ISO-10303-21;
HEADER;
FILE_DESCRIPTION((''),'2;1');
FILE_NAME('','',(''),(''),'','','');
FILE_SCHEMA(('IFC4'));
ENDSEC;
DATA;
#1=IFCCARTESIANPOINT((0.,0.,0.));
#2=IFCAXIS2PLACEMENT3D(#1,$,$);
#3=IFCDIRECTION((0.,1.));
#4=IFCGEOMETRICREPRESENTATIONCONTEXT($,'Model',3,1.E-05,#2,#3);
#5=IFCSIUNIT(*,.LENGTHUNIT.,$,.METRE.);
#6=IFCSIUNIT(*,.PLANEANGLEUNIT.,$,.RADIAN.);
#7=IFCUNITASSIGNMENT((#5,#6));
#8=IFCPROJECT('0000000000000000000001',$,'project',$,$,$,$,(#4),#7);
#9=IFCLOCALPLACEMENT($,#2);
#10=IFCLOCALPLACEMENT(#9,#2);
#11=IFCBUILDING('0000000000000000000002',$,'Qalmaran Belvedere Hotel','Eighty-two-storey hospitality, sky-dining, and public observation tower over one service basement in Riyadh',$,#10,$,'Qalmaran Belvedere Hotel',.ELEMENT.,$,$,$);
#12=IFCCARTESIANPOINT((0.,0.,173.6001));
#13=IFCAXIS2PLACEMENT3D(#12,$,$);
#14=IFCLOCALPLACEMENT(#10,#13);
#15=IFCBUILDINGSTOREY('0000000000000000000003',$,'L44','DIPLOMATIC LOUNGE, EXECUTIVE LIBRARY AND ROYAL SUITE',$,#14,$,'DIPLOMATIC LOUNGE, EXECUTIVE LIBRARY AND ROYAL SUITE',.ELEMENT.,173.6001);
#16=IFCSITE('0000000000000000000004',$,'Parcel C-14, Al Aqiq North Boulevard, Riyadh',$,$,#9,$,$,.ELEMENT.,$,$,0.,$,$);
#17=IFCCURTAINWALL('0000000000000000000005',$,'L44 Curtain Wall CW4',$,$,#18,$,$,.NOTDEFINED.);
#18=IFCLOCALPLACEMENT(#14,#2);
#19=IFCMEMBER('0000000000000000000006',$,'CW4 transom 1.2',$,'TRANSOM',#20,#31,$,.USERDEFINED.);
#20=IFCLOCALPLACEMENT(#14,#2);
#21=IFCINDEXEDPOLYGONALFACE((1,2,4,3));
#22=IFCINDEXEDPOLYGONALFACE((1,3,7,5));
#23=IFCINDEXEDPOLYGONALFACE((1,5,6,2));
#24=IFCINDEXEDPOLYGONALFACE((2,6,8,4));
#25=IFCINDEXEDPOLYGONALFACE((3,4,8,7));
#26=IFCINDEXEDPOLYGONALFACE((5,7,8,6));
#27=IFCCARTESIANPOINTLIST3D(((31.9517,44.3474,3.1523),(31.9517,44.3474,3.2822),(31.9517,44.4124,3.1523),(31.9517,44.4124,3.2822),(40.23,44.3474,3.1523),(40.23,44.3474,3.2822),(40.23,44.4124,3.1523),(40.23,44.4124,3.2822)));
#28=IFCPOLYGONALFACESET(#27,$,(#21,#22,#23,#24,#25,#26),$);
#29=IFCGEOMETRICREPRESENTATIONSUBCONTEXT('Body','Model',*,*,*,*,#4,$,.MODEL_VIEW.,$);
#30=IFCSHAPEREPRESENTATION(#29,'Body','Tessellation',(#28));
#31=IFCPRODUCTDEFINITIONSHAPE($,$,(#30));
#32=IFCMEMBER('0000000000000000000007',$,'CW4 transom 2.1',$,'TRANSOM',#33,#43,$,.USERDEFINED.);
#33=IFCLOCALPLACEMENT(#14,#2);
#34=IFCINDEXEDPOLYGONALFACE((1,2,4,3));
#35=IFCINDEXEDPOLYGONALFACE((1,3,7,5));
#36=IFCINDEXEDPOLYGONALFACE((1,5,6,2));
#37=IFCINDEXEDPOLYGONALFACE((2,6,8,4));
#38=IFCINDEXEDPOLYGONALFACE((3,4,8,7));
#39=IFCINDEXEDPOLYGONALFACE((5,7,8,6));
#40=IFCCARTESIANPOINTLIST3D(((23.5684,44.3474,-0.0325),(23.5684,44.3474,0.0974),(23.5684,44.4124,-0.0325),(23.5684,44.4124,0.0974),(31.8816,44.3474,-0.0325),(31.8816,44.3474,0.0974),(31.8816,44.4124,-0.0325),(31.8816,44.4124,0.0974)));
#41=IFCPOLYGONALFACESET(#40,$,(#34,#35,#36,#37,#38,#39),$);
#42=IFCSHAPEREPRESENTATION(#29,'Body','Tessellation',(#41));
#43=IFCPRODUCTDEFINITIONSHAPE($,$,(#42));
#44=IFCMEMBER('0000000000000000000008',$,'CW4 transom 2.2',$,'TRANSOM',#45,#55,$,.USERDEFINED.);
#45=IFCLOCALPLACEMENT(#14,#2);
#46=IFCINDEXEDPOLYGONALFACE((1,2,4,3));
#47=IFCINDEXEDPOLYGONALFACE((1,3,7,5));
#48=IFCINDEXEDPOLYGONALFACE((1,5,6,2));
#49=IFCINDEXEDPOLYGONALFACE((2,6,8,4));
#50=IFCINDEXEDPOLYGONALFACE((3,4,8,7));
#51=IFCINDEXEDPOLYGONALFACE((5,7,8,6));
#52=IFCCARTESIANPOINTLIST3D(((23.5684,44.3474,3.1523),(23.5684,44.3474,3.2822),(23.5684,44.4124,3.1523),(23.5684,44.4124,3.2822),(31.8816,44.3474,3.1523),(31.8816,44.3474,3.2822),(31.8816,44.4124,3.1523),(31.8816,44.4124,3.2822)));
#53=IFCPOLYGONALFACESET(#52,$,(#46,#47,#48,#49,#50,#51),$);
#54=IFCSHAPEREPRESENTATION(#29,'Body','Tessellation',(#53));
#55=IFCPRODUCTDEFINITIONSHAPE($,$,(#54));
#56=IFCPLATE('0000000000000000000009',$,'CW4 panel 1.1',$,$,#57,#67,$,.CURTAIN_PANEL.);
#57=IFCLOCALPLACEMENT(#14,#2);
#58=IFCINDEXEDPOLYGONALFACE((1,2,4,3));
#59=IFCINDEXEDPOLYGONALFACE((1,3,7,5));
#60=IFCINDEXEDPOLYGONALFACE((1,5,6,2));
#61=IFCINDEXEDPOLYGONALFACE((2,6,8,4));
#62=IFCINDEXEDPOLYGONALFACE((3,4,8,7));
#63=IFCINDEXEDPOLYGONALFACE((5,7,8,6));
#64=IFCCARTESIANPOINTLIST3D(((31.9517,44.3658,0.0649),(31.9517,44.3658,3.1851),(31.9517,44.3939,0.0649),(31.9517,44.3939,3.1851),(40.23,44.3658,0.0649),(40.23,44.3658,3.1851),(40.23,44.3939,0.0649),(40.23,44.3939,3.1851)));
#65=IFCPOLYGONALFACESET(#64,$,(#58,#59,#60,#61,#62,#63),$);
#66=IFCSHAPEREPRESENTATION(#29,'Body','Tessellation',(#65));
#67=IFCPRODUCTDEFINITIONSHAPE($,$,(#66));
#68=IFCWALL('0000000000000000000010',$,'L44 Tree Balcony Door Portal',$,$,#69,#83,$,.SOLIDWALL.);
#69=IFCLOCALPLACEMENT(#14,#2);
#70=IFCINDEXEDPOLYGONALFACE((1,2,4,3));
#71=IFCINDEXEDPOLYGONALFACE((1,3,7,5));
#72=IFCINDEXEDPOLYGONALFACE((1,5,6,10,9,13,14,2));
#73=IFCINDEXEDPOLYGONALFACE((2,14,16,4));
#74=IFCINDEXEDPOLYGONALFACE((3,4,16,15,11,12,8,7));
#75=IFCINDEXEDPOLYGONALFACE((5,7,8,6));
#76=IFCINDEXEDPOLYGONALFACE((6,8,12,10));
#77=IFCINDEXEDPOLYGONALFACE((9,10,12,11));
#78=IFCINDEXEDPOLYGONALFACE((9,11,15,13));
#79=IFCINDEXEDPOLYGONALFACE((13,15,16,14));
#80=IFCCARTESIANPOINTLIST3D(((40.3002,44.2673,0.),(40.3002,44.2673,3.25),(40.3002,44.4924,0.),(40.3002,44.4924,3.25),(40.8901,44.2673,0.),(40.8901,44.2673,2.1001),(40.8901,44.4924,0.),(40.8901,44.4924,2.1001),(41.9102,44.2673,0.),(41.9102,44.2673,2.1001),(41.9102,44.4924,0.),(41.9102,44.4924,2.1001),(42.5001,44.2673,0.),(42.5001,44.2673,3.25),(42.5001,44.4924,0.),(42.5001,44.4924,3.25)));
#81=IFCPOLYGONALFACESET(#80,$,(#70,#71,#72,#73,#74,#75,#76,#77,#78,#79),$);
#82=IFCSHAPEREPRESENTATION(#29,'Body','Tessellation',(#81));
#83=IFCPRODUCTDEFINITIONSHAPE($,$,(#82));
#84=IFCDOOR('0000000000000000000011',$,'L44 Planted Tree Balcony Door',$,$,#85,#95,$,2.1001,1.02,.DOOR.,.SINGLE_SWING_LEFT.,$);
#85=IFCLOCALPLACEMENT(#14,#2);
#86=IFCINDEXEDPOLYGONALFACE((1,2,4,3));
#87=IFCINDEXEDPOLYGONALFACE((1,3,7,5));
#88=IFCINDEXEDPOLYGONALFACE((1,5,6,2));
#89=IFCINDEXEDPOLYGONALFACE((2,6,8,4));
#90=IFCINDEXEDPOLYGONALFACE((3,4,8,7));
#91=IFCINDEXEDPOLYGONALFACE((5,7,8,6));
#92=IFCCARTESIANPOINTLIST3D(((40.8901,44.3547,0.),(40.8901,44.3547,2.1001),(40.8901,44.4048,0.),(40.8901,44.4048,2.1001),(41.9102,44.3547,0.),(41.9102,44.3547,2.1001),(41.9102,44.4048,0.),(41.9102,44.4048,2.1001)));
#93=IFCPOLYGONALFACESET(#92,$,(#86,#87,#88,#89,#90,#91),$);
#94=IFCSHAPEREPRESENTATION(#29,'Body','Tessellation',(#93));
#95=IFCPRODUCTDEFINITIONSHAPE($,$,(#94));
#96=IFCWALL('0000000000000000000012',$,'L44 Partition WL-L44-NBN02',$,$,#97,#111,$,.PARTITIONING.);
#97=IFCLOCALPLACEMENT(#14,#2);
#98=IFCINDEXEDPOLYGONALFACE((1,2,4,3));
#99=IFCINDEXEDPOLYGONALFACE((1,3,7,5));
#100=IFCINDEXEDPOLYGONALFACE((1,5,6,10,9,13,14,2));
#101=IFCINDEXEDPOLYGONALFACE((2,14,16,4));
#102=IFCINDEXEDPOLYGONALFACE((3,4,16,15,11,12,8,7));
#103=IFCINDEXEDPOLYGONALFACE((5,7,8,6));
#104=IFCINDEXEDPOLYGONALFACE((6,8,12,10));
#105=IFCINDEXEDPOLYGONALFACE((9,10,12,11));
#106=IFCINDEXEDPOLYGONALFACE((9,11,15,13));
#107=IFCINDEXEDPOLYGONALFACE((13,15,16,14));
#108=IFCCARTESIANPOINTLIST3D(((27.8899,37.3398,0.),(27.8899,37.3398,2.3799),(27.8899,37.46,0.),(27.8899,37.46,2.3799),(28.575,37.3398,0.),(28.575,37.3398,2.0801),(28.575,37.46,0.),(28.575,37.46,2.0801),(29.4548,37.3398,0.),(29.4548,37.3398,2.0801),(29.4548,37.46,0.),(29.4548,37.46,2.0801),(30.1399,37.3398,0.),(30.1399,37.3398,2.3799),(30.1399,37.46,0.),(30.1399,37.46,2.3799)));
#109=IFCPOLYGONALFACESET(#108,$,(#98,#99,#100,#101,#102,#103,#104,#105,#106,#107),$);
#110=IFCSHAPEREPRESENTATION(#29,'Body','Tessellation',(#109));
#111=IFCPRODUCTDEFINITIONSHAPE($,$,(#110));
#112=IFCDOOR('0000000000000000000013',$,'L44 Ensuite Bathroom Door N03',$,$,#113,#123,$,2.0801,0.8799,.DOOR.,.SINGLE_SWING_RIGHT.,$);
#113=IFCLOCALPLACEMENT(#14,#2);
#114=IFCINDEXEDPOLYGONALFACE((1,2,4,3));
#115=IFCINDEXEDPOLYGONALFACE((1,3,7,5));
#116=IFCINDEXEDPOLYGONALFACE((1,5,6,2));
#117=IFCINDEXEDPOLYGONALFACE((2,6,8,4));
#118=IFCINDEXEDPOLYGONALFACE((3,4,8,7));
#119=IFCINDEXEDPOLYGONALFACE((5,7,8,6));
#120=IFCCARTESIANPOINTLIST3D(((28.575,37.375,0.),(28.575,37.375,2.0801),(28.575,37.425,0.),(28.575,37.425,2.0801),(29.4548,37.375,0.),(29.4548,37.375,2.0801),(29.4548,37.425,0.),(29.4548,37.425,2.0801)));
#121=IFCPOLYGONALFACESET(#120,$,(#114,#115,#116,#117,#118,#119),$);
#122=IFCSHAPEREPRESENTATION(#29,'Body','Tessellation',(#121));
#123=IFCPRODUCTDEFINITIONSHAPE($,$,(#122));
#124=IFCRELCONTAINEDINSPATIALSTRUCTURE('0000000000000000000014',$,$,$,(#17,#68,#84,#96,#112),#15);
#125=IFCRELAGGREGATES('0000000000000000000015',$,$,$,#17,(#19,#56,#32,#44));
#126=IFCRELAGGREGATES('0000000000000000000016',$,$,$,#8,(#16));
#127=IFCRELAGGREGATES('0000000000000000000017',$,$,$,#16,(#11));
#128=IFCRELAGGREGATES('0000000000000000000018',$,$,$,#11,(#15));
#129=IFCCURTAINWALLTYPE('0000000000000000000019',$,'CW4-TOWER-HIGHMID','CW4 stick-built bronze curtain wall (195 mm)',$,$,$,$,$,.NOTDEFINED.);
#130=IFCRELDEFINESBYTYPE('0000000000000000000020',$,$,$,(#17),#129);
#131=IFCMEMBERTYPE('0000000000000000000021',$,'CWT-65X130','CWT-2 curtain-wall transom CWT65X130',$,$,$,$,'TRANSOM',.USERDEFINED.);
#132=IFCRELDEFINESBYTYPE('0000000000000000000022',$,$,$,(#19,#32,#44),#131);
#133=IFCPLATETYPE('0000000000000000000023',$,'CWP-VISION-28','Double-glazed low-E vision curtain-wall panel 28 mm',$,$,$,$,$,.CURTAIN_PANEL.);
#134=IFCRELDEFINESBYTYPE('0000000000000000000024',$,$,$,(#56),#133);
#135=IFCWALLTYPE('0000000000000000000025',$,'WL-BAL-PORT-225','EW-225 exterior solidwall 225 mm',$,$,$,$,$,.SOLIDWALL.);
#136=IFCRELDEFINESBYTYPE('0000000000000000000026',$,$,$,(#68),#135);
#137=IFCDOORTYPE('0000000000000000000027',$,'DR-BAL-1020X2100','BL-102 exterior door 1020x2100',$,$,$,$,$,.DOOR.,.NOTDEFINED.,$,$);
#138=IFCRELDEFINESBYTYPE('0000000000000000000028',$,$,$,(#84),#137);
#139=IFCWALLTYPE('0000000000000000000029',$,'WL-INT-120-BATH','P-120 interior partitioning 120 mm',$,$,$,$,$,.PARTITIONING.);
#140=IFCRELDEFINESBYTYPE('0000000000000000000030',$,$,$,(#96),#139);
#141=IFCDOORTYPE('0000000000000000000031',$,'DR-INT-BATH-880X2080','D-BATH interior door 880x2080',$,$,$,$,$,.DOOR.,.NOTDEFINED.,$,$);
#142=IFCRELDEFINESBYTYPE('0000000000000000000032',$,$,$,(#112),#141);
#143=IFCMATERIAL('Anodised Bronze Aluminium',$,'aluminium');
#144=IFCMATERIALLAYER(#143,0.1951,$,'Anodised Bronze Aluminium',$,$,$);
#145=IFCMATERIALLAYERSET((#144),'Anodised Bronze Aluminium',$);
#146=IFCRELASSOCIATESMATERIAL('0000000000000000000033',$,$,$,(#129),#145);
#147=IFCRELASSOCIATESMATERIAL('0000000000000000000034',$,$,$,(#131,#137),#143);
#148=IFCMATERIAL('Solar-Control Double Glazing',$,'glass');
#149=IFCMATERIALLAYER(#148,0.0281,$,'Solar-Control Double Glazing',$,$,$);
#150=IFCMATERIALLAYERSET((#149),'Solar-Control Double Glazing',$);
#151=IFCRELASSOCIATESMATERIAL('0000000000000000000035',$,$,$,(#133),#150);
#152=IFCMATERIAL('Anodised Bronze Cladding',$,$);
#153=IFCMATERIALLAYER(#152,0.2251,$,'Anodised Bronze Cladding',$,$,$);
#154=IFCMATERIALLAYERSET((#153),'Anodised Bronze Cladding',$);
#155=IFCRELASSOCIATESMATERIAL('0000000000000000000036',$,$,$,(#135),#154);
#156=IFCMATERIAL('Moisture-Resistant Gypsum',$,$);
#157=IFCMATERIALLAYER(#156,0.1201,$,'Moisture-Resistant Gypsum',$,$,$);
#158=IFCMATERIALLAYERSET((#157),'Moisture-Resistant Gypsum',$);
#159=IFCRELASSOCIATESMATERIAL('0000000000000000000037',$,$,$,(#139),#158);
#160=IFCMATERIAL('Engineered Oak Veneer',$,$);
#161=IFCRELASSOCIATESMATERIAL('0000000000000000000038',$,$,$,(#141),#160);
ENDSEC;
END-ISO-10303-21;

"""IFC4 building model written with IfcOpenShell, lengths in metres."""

from ifc_helpers import new_model, si_unit, direction, frame, frame_2d, origin, origin_2d, place, context, subcontext, project, spatial, rectangle, extrude, material, layer, layer_set, material_profile, profile_set, type_object, element, fill, aggregate, save


model = new_model("IFC4")

# Units and contexts
model_context = context("Model", 3, precision=1e-05, world=origin(), true_north=direction((0.0, 1.0)))
body_context = subcontext(model_context, "Body", "Model", "MODEL_VIEW")
ifc_project = project(units=[si_unit("LENGTHUNIT", "METRE"), si_unit("PLANEANGLEUNIT", "RADIAN")], contexts=[model_context])

# Site, building, storey
site_placement = place(None, origin())
site = spatial("IfcSite", under=ifc_project, at=site_placement, Name="Parcel C-14, Al Aqiq North Boulevard, Riyadh", CompositionType="ELEMENT", RefElevation=0.0)
building_placement = place(site_placement, origin())
building = spatial("IfcBuilding", under=site, at=building_placement, Name="Qalmaran Belvedere Hotel", Description="Eighty-two-storey hospitality, sky-dining, and public observation tower over one service basement in Riyadh", LongName="Qalmaran Belvedere Hotel", CompositionType="ELEMENT")
storey_placement = place(building_placement, frame((0.0, 0.0, 173.6001)))
storey = spatial("IfcBuildingStorey", under=building, at=storey_placement, Name="L44", Description="DIPLOMATIC LOUNGE, EXECUTIVE LIBRARY AND ROYAL SUITE", LongName="DIPLOMATIC LOUNGE, EXECUTIVE LIBRARY AND ROYAL SUITE", CompositionType="ELEMENT", Elevation=173.6001)

# Curtain wall, members, plate
ifc_material_1 = material(Name="Anodised Bronze Aluminium", Category="aluminium")
ifc_layer_1 = layer(ifc_material_1, 0.1951, Name="Anodised Bronze Aluminium")
ifc_layer_set_1 = layer_set([ifc_layer_1], Name="Anodised Bronze Aluminium")
curtain_wall_type = type_object("IfcCurtainWallType", Name="CW4-TOWER-HIGHMID", Description="CW4 stick-built bronze curtain wall (195 mm)", PredefinedType="NOTDEFINED", material=ifc_layer_set_1)
curtain_wall_placement = place(storey_placement, origin())
curtain_wall = element("IfcCurtainWall", 1, at=curtain_wall_placement, inside=storey, type_object=curtain_wall_type, Name="L44 Curtain Wall CW4", PredefinedType="NOTDEFINED")
ifc_material_profile_1 = material_profile(ifc_material_1, rectangle(XDim=0.0649, YDim=0.1299, at=origin_2d()), Name="CWT65X130")
ifc_profile_set_1 = profile_set([ifc_material_profile_1], Name="Anodised Bronze Aluminium")
member_type_1 = type_object("IfcMemberType", Name="CWT-65X130", Description="CWT-2 curtain-wall transom CWT65X130", ElementType="TRANSOM", PredefinedType="USERDEFINED", material=ifc_profile_set_1)
member_1_placement = place(storey_placement, frame((40.23, 44.3799, 3.2173), z_axis=(-1.0, 0.0, 0.0), x_axis=(0.0, -1.0, 0.0)))
member_1 = element("IfcMember", 2, at=member_1_placement, type_object=member_type_1, Name="CW4 transom 1.2", ObjectType="TRANSOM", PredefinedType="USERDEFINED", context=body_context, shape_type="SweptSolid", body=[
    extrude(rectangle(XDim=0.0649, YDim=0.1299, at=origin_2d()), origin(), (0.0, 0.0, 1.0), 8.2783),
])
member_2_placement = place(storey_placement, frame((31.8816, 44.3799, 0.0325), z_axis=(-1.0, 0.0, 0.0), x_axis=(0.0, -1.0, 0.0)))
member_2 = element("IfcMember", 3, at=member_2_placement, type_object=member_type_1, Name="CW4 transom 2.1", ObjectType="TRANSOM", PredefinedType="USERDEFINED", context=body_context, shape_type="SweptSolid", body=[
    extrude(rectangle(XDim=0.0649, YDim=0.1299, at=origin_2d()), origin(), (0.0, 0.0, 1.0), 8.3132),
])
member_3_placement = place(storey_placement, frame((31.8816, 44.3799, 3.2173), z_axis=(-1.0, 0.0, 0.0), x_axis=(0.0, -1.0, 0.0)))
member_3 = element("IfcMember", 4, at=member_3_placement, type_object=member_type_1, Name="CW4 transom 2.2", ObjectType="TRANSOM", PredefinedType="USERDEFINED", context=body_context, shape_type="SweptSolid", body=[
    extrude(rectangle(XDim=0.0649, YDim=0.1299, at=origin_2d()), origin(), (0.0, 0.0, 1.0), 8.3132),
])
ifc_material_2 = material(Name="Solar-Control Double Glazing", Category="glass")
ifc_layer_2 = layer(ifc_material_2, 0.0281, Name="Solar-Control Double Glazing")
ifc_layer_set_2 = layer_set([ifc_layer_2], Name="Solar-Control Double Glazing")
plate_type = type_object("IfcPlateType", Name="CWP-VISION-28", Description="Double-glazed low-E vision curtain-wall panel 28 mm", PredefinedType="CURTAIN_PANEL", material=ifc_layer_set_2)
plate_placement = place(storey_placement, frame((36.0908, 44.3799, 0.0649), z_axis=(0.0, 0.0, 1.0), x_axis=(-1.0, 0.0, 0.0)))
plate = element("IfcPlate", 5, at=plate_placement, type_object=plate_type, Name="CW4 panel 1.1", PredefinedType="CURTAIN_PANEL", context=body_context, shape_type="SweptSolid", body=[
    extrude(rectangle(XDim=8.2783, YDim=0.0281, at=origin_2d()), origin(), (0.0, 0.0, 1.0), 3.1201),
])
aggregate(curtain_wall, [member_1, plate, member_2, member_3])

# Walls, openings, doors
ifc_material_3 = material(Name="Anodised Bronze Cladding")
ifc_layer_3 = layer(ifc_material_3, 0.2251, Name="Anodised Bronze Cladding")
ifc_layer_set_3 = layer_set([ifc_layer_3], Name="Anodised Bronze Cladding")
wall_type_1 = type_object("IfcWallType", Name="WL-BAL-PORT-225", Description="EW-225 exterior solidwall 225 mm", PredefinedType="SOLIDWALL", material=ifc_layer_set_3)
wall_1_placement = place(storey_placement, frame((40.3, 44.3799, 0.0), z_axis=(0.0, 0.0, 1.0), x_axis=(1.0, 0.0, 0.0)))
wall_1 = element("IfcWall", 6, at=wall_1_placement, inside=storey, type_object=wall_type_1, Name="L44 Tree Balcony Door Portal", PredefinedType="SOLIDWALL", context=body_context, shape_type="SweptSolid", body=[
    extrude(rectangle(XDim=2.2, YDim=0.2251, at=frame_2d((1.1001, 0.0))), origin(), (0.0, 0.0, 1.0), 3.25),
])
opening_1_placement = place(wall_1_placement, frame((0.5901, 0.0, 0.0)))
opening_1 = element("IfcOpeningElement", 7, at=opening_1_placement, cuts=wall_1, PredefinedType="OPENING", context=body_context, shape_type="SweptSolid", body=[
    extrude(rectangle(XDim=1.02, YDim=2.1001, at=frame_2d((0.51, 1.05))), frame((0.0, 0.1226, 0.0), z_axis=(0.0, -1.0, 0.0), x_axis=(1.0, 0.0, 0.0)), (0.0, 0.0, 1.0), 0.2451),
])
door_type_1 = type_object("IfcDoorType", Name="DR-BAL-1020X2100", Description="BL-102 exterior door 1020x2100", OperationType="NOTDEFINED", PredefinedType="DOOR", material=ifc_material_1)
door_1_placement = place(opening_1_placement, origin())
door_1 = element("IfcDoor", 8, at=door_1_placement, inside=storey, type_object=door_type_1, Name="L44 Planted Tree Balcony Door", OperationType="SINGLE_SWING_LEFT", OverallHeight=2.1001, OverallWidth=1.02, PredefinedType="DOOR", context=body_context, shape_type="SweptSolid", body=[
    extrude(rectangle(XDim=1.02, YDim=2.1001, at=frame_2d((0.51, 1.05))), frame((0.0, 0.0249, 0.0), z_axis=(0.0, -1.0, 0.0), x_axis=(1.0, 0.0, 0.0)), (0.0, 0.0, 1.0), 0.05),
])
fill(opening_1, door_1)
ifc_material_4 = material(Name="Moisture-Resistant Gypsum")
ifc_layer_4 = layer(ifc_material_4, 0.1201, Name="Moisture-Resistant Gypsum")
ifc_layer_set_4 = layer_set([ifc_layer_4], Name="Moisture-Resistant Gypsum")
wall_type_2 = type_object("IfcWallType", Name="WL-INT-120-BATH", Description="P-120 interior partitioning 120 mm", PredefinedType="PARTITIONING", material=ifc_layer_set_4)
wall_2_placement = place(storey_placement, frame((27.8899, 37.3999, 0.0), z_axis=(0.0, 0.0, 1.0), x_axis=(1.0, 0.0, 0.0)))
wall_2 = element("IfcWall", 9, at=wall_2_placement, inside=storey, type_object=wall_type_2, Name="L44 Partition WL-L44-NBN02", PredefinedType="PARTITIONING", context=body_context, shape_type="SweptSolid", body=[
    extrude(rectangle(XDim=2.25, YDim=0.1201, at=frame_2d((1.125, 0.0))), origin(), (0.0, 0.0, 1.0), 2.3799),
])
opening_2_placement = place(wall_2_placement, frame((1.5649, 0.0, 0.0), z_axis=(0.0, 0.0, 1.0), x_axis=(-1.0, 0.0, 0.0)))
opening_2 = element("IfcOpeningElement", 10, at=opening_2_placement, cuts=wall_2, PredefinedType="OPENING", context=body_context, shape_type="SweptSolid", body=[
    extrude(rectangle(XDim=0.8799, YDim=2.0801, at=frame_2d((0.4399, 1.04))), frame((0.0, 0.0701, 0.0), z_axis=(0.0, -1.0, 0.0), x_axis=(1.0, 0.0, 0.0)), (0.0, 0.0, 1.0), 0.1401),
])
ifc_material_5 = material(Name="Engineered Oak Veneer")
door_type_2 = type_object("IfcDoorType", Name="DR-INT-BATH-880X2080", Description="D-BATH interior door 880x2080", OperationType="NOTDEFINED", PredefinedType="DOOR", material=ifc_material_5)
door_2_placement = place(opening_2_placement, origin())
door_2 = element("IfcDoor", 11, at=door_2_placement, inside=storey, type_object=door_type_2, Name="L44 Ensuite Bathroom Door N03", OperationType="SINGLE_SWING_RIGHT", OverallHeight=2.0801, OverallWidth=0.8799, PredefinedType="DOOR", context=body_context, shape_type="SweptSolid", body=[
    extrude(rectangle(XDim=0.8799, YDim=2.0801, at=frame_2d((0.4399, 1.04))), frame((0.0, 0.0249, 0.0), z_axis=(0.0, -1.0, 0.0), x_axis=(1.0, 0.0, 0.0)), (0.0, 0.0, 1.0), 0.05),
])
fill(opening_2, door_2)

save(model, "model.ifc")
